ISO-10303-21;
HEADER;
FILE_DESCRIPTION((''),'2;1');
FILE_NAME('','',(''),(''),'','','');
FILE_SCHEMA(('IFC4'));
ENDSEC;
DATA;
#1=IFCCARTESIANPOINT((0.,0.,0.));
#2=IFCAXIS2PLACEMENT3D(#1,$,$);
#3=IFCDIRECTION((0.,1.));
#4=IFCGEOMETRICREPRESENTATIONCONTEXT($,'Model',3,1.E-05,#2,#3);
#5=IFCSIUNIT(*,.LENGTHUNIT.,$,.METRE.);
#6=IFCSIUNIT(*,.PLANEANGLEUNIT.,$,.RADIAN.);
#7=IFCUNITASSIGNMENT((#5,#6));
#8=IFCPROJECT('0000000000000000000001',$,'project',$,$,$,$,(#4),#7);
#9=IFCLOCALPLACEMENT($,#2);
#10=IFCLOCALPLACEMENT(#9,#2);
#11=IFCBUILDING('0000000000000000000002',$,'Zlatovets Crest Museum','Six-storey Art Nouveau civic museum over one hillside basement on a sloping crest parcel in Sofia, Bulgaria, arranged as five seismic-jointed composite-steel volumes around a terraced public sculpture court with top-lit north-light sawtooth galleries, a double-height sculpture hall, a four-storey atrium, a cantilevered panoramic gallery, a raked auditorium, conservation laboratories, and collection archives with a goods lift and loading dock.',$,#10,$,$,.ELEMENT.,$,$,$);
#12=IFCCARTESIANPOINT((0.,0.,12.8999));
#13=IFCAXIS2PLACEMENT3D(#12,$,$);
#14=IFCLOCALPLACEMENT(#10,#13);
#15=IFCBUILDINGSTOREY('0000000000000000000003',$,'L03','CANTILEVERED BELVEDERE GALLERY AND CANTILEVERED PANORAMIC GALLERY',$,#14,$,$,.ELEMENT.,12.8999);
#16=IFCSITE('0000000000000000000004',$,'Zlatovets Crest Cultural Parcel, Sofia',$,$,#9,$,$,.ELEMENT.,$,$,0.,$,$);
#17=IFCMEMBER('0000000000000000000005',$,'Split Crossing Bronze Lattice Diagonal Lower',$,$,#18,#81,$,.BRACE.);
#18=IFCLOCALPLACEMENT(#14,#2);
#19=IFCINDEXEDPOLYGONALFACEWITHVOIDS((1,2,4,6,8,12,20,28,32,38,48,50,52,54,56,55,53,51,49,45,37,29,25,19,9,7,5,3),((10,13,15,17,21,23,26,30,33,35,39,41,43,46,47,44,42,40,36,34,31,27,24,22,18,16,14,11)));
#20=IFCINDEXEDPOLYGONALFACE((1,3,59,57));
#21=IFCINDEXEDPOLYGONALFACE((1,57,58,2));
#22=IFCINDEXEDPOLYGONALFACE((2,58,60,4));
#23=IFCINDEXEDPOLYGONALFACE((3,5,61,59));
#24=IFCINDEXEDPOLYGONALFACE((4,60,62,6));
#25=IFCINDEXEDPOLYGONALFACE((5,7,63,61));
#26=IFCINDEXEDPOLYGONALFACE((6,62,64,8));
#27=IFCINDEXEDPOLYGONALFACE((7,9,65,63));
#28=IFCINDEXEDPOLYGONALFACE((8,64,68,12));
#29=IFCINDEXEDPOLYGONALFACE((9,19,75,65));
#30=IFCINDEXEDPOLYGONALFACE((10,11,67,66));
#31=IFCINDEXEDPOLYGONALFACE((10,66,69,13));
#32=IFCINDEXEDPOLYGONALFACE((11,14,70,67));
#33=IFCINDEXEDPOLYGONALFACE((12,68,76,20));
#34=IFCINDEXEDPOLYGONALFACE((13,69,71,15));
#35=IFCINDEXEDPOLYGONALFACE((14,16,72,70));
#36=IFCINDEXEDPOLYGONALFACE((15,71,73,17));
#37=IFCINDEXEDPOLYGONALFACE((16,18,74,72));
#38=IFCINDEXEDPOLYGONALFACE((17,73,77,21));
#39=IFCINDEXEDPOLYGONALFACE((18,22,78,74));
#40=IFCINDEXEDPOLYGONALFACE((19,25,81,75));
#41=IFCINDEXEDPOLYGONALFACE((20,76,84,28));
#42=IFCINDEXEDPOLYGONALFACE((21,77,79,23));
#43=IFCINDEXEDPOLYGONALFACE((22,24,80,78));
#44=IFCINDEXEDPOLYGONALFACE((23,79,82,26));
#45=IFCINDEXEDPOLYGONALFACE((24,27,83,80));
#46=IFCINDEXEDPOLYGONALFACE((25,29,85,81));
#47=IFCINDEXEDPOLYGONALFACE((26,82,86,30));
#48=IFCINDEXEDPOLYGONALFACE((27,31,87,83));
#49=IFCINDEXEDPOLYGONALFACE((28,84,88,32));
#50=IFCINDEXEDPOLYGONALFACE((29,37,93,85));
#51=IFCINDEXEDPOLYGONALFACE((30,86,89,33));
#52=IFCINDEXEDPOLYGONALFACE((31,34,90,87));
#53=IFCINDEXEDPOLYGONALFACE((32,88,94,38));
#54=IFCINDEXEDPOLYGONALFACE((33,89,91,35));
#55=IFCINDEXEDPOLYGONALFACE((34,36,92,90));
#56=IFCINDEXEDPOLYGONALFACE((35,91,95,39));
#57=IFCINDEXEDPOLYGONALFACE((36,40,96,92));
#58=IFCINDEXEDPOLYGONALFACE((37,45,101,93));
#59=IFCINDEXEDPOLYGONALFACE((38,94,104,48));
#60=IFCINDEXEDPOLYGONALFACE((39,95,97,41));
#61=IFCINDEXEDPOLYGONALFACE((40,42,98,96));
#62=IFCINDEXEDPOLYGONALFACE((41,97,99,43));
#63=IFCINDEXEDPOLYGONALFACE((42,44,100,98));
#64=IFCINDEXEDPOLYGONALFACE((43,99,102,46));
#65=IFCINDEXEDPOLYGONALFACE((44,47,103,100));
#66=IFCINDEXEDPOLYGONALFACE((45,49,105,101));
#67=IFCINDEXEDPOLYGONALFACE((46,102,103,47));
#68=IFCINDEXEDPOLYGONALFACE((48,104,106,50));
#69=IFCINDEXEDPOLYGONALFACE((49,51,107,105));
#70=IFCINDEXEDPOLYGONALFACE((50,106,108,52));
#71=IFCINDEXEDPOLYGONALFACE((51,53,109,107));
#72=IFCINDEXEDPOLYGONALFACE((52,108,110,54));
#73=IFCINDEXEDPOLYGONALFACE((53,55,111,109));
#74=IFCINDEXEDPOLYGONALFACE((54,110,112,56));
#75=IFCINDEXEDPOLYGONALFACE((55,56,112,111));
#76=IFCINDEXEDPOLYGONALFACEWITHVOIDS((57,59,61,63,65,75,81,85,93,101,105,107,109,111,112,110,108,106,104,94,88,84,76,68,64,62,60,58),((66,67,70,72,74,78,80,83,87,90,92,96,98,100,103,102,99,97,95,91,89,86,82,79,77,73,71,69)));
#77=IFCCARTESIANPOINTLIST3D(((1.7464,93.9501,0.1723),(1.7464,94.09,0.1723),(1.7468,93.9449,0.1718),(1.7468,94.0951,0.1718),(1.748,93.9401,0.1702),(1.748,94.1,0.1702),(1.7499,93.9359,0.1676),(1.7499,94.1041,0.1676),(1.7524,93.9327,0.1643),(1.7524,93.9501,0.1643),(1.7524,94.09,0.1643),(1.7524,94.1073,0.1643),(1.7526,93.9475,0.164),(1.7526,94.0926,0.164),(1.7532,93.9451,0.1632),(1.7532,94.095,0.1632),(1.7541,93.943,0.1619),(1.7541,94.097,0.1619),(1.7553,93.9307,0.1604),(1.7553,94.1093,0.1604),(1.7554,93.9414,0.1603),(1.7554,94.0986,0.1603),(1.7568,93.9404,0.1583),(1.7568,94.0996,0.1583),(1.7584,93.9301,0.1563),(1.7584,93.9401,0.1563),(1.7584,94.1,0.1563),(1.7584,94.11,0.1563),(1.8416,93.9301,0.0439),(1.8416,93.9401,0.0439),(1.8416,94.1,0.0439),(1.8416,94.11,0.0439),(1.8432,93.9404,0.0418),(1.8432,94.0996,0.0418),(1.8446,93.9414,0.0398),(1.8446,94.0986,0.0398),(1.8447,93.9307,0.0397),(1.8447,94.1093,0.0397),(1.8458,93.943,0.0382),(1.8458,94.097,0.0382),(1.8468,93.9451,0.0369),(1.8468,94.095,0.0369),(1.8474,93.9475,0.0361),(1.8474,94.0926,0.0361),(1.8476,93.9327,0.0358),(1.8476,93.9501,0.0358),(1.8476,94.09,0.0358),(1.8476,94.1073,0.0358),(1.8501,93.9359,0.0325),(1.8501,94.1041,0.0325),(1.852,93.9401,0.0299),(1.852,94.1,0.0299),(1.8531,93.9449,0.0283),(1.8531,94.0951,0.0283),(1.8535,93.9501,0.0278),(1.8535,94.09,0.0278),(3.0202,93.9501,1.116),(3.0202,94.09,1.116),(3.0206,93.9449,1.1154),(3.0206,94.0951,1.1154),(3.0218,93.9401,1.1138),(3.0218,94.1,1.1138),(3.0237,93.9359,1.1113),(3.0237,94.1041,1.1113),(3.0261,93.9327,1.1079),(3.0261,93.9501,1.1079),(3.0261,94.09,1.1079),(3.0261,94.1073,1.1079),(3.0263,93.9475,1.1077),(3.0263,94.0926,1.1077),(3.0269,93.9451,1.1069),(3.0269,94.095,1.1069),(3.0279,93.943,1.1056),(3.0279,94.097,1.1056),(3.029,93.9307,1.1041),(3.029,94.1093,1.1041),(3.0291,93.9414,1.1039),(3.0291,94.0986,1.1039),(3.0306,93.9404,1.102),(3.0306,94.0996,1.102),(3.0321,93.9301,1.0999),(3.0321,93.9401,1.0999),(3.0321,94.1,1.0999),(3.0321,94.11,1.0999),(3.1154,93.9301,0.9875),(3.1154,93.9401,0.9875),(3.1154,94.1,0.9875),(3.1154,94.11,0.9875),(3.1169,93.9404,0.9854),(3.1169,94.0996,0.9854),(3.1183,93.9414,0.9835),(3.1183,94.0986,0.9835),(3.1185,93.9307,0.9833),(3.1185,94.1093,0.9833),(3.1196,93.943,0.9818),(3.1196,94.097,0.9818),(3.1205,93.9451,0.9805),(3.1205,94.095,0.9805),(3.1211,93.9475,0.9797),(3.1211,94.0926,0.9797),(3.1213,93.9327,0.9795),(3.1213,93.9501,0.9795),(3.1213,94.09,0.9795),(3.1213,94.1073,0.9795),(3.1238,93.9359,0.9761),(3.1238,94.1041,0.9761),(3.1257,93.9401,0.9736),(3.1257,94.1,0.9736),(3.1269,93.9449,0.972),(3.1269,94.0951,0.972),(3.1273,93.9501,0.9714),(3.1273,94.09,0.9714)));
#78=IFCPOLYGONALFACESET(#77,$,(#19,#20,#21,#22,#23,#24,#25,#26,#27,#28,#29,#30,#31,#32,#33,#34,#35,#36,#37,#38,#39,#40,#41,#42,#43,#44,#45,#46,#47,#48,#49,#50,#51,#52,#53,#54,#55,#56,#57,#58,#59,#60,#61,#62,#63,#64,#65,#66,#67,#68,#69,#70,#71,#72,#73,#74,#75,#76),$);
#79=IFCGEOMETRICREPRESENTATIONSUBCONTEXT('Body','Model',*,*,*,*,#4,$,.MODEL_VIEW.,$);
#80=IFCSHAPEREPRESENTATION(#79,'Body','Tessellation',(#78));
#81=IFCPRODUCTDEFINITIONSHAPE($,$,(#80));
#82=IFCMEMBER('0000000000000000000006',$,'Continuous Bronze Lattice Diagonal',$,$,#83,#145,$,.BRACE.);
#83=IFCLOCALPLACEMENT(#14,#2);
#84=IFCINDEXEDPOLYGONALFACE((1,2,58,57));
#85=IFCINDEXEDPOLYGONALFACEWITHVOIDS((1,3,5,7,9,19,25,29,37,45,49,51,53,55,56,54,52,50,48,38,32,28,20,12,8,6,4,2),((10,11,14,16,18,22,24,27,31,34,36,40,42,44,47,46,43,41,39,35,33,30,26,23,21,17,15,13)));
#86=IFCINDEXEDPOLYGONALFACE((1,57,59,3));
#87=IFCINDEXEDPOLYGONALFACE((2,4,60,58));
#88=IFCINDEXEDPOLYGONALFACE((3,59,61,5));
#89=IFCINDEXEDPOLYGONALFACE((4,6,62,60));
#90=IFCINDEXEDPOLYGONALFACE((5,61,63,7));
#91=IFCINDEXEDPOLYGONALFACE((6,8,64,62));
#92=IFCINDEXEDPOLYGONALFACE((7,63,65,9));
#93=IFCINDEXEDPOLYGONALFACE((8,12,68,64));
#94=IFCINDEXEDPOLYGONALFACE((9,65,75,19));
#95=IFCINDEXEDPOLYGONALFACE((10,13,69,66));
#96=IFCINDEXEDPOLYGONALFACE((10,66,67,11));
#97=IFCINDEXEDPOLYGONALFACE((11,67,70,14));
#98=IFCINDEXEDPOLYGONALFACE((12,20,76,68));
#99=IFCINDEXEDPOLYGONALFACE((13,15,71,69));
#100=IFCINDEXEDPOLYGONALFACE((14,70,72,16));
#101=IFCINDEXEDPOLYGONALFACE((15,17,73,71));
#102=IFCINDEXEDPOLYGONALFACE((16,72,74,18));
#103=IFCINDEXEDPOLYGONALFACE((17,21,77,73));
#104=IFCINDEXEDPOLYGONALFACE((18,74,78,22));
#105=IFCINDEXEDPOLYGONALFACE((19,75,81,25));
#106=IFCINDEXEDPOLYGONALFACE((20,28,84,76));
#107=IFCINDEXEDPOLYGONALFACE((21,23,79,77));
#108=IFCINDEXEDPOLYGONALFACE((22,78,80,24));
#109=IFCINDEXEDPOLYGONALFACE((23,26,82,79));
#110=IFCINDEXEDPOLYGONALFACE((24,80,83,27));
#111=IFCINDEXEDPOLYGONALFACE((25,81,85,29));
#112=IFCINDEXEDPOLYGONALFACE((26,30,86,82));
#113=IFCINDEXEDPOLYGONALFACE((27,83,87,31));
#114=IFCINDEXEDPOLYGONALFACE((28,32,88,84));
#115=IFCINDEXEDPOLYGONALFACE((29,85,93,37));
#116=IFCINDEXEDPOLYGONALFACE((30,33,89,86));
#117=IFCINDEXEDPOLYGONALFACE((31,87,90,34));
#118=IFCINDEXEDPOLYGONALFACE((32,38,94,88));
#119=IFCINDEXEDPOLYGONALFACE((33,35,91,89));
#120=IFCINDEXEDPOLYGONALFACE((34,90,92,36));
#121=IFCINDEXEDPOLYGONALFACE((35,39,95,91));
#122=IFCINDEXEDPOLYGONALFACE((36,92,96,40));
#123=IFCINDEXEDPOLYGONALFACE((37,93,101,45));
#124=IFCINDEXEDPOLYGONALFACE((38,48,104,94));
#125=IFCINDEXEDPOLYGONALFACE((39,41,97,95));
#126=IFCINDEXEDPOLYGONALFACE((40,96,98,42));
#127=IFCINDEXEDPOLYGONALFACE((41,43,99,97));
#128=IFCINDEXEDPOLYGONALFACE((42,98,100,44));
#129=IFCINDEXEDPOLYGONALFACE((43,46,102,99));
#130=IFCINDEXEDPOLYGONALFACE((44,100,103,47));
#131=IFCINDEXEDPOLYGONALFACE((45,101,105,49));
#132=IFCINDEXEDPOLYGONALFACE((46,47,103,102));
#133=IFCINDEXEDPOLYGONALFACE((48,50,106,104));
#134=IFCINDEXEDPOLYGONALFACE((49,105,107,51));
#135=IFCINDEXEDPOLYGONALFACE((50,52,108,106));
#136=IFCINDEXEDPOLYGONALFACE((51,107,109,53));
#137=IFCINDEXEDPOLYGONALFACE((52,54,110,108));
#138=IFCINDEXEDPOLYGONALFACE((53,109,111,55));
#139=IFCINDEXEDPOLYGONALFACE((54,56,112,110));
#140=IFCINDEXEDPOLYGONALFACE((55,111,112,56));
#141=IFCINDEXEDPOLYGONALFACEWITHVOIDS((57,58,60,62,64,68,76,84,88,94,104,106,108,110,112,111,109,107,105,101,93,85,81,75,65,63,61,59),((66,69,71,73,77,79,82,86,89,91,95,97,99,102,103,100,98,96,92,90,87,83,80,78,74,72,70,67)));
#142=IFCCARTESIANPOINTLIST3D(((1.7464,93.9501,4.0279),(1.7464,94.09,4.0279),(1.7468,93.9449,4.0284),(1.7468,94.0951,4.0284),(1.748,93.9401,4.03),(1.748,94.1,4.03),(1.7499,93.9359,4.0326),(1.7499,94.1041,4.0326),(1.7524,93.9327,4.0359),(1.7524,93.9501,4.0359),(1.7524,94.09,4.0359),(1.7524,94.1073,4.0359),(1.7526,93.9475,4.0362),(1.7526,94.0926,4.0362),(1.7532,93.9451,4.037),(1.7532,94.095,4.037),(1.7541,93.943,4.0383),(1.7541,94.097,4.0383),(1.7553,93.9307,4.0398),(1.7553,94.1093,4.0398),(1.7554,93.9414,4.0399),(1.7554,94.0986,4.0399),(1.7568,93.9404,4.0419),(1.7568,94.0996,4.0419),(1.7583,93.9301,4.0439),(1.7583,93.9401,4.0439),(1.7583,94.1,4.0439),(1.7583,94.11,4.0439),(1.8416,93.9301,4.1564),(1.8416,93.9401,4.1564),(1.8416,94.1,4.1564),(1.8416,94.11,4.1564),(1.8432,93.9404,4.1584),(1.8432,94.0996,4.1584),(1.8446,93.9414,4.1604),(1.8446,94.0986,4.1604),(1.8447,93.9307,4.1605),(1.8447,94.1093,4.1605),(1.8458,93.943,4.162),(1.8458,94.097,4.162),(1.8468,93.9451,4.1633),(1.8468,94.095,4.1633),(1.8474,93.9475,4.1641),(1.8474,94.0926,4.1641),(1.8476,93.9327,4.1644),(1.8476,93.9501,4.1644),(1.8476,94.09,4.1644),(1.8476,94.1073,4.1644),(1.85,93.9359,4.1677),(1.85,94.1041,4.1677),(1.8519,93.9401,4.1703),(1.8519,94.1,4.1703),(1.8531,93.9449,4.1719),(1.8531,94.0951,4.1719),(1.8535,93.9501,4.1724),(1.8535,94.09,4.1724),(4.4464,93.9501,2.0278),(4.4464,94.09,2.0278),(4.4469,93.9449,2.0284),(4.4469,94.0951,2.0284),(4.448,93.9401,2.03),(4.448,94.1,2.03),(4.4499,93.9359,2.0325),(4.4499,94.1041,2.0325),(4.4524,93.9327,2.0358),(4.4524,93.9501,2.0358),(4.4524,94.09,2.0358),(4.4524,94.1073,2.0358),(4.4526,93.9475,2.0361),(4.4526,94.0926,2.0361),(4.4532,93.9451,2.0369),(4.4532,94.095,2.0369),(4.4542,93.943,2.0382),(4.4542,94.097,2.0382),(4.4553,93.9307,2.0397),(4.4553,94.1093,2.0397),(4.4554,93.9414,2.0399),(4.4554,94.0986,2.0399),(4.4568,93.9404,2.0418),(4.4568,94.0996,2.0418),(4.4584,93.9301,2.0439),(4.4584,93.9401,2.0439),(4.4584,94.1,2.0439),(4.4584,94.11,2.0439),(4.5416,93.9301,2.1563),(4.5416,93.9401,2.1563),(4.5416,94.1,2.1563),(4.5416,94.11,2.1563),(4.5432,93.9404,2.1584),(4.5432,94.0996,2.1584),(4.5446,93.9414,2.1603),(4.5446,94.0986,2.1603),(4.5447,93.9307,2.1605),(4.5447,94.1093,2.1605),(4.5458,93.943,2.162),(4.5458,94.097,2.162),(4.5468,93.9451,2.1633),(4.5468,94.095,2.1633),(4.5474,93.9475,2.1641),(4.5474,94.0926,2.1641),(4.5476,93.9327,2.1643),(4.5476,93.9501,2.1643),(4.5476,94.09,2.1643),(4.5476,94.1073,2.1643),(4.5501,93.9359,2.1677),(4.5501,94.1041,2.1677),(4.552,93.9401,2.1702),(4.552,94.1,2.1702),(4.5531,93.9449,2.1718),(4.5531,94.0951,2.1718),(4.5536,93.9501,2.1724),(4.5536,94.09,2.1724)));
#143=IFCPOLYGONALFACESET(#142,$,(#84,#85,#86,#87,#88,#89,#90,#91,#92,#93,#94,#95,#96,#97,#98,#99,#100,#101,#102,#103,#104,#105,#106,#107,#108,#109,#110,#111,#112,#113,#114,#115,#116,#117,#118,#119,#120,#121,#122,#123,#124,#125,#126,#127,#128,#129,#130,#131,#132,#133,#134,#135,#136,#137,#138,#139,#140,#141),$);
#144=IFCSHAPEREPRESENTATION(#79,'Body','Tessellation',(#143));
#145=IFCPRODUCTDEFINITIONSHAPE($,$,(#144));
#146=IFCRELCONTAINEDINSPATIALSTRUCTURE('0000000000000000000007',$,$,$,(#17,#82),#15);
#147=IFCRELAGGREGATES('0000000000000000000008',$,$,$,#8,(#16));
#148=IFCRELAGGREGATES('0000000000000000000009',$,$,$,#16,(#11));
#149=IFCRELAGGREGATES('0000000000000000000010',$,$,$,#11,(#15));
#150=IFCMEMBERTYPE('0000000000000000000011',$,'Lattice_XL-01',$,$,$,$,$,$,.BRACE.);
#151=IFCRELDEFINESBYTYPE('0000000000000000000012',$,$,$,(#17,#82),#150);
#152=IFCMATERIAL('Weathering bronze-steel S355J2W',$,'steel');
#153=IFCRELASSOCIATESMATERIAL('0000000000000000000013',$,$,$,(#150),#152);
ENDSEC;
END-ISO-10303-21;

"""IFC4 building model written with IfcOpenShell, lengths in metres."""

from ifc_helpers import new_model, si_unit, direction, frame, origin, origin_2d, place, context, subcontext, project, spatial, hollow_rectangle, extrude, material, material_profile, profile_set, type_object, element, save


model = new_model("IFC4")

# Units and contexts
model_context = context("Model", 3, precision=1e-05, world=origin(), true_north=direction((0.0, 1.0)))
body_context = subcontext(model_context, "Body", "Model", "MODEL_VIEW")
ifc_project = project(units=[si_unit("LENGTHUNIT", "METRE"), si_unit("PLANEANGLEUNIT", "RADIAN")], contexts=[model_context])

# Site, building, storey
site_placement = place(None, origin())
site = spatial("IfcSite", under=ifc_project, at=site_placement, Name="Zlatovets Crest Cultural Parcel, Sofia", CompositionType="ELEMENT", RefElevation=0.0)
building_placement = place(site_placement, origin())
building = spatial("IfcBuilding", under=site, at=building_placement, Name="Zlatovets Crest Museum", Description="Six-storey Art Nouveau civic museum over one hillside basement on a sloping crest parcel in Sofia, Bulgaria, arranged as five seismic-jointed composite-steel volumes around a terraced public sculpture court with top-lit north-light sawtooth galleries, a double-height sculpture hall, a four-storey atrium, a cantilevered panoramic gallery, a raked auditorium, conservation laboratories, and collection archives with a goods lift and loading dock.", CompositionType="ELEMENT")
storey_placement = place(building_placement, frame((0.0, 0.0, 12.8999)))
storey = spatial("IfcBuildingStorey", under=building, at=storey_placement, Name="L03", Description="CANTILEVERED BELVEDERE GALLERY AND CANTILEVERED PANORAMIC GALLERY", CompositionType="ELEMENT", Elevation=12.8999)

# Members
ifc_material_1 = material(Name="Weathering bronze-steel S355J2W", Category="steel")
ifc_material_profile_1 = material_profile(ifc_material_1, hollow_rectangle(XDim=0.1799, YDim=0.1799, WallThickness=0.01, InnerFilletRadius=0.01, OuterFilletRadius=0.02, at=origin_2d()), Name="SHS 180x180x10.0")
ifc_profile_set_1 = profile_set([ifc_material_profile_1], Name="Weathering bronze-steel S355J2W")
member_type_1 = type_object("IfcMemberType", Name="Lattice_XL-01", PredefinedType="BRACE", material=ifc_profile_set_1)
for number, where, z_axis, x_axis, name in (
    (1, (3.0737, 94.02, 1.0437), (-0.803516, 0.0, -0.595283), (0.0, -1.0, 0.0), "Split Crossing Bronze Lattice Diagonal Lower"),
):
    element("IfcMember", number, at=place(storey_placement, frame(where, z_axis=z_axis, x_axis=x_axis)), inside=storey, type_object=member_type_1, Name=name, PredefinedType="BRACE", context=body_context, shape_type="SweptSolid", body=[
        extrude(hollow_rectangle(XDim=0.1799, YDim=0.1799, WallThickness=0.01, InnerFilletRadius=0.01, OuterFilletRadius=0.02, at=origin_2d()), origin(), (0.0, 0.0, 1.0), 1.5852),
    ])
member_1_placement = place(storey_placement, frame((4.5, 94.02, 2.1001), z_axis=(-0.803552, 0.0, 0.595235), x_axis=(0.0, -1.0, 0.0)))
element("IfcMember", 2, at=member_1_placement, inside=storey, type_object=member_type_1, Name="Continuous Bronze Lattice Diagonal", PredefinedType="BRACE", context=body_context, shape_type="SweptSolid", body=[
    extrude(hollow_rectangle(XDim=0.1799, YDim=0.1799, WallThickness=0.01, InnerFilletRadius=0.01, OuterFilletRadius=0.02, at=origin_2d()), origin(), (0.0, 0.0, 1.0), 3.3601),
])

save(model, "model.ifc")
